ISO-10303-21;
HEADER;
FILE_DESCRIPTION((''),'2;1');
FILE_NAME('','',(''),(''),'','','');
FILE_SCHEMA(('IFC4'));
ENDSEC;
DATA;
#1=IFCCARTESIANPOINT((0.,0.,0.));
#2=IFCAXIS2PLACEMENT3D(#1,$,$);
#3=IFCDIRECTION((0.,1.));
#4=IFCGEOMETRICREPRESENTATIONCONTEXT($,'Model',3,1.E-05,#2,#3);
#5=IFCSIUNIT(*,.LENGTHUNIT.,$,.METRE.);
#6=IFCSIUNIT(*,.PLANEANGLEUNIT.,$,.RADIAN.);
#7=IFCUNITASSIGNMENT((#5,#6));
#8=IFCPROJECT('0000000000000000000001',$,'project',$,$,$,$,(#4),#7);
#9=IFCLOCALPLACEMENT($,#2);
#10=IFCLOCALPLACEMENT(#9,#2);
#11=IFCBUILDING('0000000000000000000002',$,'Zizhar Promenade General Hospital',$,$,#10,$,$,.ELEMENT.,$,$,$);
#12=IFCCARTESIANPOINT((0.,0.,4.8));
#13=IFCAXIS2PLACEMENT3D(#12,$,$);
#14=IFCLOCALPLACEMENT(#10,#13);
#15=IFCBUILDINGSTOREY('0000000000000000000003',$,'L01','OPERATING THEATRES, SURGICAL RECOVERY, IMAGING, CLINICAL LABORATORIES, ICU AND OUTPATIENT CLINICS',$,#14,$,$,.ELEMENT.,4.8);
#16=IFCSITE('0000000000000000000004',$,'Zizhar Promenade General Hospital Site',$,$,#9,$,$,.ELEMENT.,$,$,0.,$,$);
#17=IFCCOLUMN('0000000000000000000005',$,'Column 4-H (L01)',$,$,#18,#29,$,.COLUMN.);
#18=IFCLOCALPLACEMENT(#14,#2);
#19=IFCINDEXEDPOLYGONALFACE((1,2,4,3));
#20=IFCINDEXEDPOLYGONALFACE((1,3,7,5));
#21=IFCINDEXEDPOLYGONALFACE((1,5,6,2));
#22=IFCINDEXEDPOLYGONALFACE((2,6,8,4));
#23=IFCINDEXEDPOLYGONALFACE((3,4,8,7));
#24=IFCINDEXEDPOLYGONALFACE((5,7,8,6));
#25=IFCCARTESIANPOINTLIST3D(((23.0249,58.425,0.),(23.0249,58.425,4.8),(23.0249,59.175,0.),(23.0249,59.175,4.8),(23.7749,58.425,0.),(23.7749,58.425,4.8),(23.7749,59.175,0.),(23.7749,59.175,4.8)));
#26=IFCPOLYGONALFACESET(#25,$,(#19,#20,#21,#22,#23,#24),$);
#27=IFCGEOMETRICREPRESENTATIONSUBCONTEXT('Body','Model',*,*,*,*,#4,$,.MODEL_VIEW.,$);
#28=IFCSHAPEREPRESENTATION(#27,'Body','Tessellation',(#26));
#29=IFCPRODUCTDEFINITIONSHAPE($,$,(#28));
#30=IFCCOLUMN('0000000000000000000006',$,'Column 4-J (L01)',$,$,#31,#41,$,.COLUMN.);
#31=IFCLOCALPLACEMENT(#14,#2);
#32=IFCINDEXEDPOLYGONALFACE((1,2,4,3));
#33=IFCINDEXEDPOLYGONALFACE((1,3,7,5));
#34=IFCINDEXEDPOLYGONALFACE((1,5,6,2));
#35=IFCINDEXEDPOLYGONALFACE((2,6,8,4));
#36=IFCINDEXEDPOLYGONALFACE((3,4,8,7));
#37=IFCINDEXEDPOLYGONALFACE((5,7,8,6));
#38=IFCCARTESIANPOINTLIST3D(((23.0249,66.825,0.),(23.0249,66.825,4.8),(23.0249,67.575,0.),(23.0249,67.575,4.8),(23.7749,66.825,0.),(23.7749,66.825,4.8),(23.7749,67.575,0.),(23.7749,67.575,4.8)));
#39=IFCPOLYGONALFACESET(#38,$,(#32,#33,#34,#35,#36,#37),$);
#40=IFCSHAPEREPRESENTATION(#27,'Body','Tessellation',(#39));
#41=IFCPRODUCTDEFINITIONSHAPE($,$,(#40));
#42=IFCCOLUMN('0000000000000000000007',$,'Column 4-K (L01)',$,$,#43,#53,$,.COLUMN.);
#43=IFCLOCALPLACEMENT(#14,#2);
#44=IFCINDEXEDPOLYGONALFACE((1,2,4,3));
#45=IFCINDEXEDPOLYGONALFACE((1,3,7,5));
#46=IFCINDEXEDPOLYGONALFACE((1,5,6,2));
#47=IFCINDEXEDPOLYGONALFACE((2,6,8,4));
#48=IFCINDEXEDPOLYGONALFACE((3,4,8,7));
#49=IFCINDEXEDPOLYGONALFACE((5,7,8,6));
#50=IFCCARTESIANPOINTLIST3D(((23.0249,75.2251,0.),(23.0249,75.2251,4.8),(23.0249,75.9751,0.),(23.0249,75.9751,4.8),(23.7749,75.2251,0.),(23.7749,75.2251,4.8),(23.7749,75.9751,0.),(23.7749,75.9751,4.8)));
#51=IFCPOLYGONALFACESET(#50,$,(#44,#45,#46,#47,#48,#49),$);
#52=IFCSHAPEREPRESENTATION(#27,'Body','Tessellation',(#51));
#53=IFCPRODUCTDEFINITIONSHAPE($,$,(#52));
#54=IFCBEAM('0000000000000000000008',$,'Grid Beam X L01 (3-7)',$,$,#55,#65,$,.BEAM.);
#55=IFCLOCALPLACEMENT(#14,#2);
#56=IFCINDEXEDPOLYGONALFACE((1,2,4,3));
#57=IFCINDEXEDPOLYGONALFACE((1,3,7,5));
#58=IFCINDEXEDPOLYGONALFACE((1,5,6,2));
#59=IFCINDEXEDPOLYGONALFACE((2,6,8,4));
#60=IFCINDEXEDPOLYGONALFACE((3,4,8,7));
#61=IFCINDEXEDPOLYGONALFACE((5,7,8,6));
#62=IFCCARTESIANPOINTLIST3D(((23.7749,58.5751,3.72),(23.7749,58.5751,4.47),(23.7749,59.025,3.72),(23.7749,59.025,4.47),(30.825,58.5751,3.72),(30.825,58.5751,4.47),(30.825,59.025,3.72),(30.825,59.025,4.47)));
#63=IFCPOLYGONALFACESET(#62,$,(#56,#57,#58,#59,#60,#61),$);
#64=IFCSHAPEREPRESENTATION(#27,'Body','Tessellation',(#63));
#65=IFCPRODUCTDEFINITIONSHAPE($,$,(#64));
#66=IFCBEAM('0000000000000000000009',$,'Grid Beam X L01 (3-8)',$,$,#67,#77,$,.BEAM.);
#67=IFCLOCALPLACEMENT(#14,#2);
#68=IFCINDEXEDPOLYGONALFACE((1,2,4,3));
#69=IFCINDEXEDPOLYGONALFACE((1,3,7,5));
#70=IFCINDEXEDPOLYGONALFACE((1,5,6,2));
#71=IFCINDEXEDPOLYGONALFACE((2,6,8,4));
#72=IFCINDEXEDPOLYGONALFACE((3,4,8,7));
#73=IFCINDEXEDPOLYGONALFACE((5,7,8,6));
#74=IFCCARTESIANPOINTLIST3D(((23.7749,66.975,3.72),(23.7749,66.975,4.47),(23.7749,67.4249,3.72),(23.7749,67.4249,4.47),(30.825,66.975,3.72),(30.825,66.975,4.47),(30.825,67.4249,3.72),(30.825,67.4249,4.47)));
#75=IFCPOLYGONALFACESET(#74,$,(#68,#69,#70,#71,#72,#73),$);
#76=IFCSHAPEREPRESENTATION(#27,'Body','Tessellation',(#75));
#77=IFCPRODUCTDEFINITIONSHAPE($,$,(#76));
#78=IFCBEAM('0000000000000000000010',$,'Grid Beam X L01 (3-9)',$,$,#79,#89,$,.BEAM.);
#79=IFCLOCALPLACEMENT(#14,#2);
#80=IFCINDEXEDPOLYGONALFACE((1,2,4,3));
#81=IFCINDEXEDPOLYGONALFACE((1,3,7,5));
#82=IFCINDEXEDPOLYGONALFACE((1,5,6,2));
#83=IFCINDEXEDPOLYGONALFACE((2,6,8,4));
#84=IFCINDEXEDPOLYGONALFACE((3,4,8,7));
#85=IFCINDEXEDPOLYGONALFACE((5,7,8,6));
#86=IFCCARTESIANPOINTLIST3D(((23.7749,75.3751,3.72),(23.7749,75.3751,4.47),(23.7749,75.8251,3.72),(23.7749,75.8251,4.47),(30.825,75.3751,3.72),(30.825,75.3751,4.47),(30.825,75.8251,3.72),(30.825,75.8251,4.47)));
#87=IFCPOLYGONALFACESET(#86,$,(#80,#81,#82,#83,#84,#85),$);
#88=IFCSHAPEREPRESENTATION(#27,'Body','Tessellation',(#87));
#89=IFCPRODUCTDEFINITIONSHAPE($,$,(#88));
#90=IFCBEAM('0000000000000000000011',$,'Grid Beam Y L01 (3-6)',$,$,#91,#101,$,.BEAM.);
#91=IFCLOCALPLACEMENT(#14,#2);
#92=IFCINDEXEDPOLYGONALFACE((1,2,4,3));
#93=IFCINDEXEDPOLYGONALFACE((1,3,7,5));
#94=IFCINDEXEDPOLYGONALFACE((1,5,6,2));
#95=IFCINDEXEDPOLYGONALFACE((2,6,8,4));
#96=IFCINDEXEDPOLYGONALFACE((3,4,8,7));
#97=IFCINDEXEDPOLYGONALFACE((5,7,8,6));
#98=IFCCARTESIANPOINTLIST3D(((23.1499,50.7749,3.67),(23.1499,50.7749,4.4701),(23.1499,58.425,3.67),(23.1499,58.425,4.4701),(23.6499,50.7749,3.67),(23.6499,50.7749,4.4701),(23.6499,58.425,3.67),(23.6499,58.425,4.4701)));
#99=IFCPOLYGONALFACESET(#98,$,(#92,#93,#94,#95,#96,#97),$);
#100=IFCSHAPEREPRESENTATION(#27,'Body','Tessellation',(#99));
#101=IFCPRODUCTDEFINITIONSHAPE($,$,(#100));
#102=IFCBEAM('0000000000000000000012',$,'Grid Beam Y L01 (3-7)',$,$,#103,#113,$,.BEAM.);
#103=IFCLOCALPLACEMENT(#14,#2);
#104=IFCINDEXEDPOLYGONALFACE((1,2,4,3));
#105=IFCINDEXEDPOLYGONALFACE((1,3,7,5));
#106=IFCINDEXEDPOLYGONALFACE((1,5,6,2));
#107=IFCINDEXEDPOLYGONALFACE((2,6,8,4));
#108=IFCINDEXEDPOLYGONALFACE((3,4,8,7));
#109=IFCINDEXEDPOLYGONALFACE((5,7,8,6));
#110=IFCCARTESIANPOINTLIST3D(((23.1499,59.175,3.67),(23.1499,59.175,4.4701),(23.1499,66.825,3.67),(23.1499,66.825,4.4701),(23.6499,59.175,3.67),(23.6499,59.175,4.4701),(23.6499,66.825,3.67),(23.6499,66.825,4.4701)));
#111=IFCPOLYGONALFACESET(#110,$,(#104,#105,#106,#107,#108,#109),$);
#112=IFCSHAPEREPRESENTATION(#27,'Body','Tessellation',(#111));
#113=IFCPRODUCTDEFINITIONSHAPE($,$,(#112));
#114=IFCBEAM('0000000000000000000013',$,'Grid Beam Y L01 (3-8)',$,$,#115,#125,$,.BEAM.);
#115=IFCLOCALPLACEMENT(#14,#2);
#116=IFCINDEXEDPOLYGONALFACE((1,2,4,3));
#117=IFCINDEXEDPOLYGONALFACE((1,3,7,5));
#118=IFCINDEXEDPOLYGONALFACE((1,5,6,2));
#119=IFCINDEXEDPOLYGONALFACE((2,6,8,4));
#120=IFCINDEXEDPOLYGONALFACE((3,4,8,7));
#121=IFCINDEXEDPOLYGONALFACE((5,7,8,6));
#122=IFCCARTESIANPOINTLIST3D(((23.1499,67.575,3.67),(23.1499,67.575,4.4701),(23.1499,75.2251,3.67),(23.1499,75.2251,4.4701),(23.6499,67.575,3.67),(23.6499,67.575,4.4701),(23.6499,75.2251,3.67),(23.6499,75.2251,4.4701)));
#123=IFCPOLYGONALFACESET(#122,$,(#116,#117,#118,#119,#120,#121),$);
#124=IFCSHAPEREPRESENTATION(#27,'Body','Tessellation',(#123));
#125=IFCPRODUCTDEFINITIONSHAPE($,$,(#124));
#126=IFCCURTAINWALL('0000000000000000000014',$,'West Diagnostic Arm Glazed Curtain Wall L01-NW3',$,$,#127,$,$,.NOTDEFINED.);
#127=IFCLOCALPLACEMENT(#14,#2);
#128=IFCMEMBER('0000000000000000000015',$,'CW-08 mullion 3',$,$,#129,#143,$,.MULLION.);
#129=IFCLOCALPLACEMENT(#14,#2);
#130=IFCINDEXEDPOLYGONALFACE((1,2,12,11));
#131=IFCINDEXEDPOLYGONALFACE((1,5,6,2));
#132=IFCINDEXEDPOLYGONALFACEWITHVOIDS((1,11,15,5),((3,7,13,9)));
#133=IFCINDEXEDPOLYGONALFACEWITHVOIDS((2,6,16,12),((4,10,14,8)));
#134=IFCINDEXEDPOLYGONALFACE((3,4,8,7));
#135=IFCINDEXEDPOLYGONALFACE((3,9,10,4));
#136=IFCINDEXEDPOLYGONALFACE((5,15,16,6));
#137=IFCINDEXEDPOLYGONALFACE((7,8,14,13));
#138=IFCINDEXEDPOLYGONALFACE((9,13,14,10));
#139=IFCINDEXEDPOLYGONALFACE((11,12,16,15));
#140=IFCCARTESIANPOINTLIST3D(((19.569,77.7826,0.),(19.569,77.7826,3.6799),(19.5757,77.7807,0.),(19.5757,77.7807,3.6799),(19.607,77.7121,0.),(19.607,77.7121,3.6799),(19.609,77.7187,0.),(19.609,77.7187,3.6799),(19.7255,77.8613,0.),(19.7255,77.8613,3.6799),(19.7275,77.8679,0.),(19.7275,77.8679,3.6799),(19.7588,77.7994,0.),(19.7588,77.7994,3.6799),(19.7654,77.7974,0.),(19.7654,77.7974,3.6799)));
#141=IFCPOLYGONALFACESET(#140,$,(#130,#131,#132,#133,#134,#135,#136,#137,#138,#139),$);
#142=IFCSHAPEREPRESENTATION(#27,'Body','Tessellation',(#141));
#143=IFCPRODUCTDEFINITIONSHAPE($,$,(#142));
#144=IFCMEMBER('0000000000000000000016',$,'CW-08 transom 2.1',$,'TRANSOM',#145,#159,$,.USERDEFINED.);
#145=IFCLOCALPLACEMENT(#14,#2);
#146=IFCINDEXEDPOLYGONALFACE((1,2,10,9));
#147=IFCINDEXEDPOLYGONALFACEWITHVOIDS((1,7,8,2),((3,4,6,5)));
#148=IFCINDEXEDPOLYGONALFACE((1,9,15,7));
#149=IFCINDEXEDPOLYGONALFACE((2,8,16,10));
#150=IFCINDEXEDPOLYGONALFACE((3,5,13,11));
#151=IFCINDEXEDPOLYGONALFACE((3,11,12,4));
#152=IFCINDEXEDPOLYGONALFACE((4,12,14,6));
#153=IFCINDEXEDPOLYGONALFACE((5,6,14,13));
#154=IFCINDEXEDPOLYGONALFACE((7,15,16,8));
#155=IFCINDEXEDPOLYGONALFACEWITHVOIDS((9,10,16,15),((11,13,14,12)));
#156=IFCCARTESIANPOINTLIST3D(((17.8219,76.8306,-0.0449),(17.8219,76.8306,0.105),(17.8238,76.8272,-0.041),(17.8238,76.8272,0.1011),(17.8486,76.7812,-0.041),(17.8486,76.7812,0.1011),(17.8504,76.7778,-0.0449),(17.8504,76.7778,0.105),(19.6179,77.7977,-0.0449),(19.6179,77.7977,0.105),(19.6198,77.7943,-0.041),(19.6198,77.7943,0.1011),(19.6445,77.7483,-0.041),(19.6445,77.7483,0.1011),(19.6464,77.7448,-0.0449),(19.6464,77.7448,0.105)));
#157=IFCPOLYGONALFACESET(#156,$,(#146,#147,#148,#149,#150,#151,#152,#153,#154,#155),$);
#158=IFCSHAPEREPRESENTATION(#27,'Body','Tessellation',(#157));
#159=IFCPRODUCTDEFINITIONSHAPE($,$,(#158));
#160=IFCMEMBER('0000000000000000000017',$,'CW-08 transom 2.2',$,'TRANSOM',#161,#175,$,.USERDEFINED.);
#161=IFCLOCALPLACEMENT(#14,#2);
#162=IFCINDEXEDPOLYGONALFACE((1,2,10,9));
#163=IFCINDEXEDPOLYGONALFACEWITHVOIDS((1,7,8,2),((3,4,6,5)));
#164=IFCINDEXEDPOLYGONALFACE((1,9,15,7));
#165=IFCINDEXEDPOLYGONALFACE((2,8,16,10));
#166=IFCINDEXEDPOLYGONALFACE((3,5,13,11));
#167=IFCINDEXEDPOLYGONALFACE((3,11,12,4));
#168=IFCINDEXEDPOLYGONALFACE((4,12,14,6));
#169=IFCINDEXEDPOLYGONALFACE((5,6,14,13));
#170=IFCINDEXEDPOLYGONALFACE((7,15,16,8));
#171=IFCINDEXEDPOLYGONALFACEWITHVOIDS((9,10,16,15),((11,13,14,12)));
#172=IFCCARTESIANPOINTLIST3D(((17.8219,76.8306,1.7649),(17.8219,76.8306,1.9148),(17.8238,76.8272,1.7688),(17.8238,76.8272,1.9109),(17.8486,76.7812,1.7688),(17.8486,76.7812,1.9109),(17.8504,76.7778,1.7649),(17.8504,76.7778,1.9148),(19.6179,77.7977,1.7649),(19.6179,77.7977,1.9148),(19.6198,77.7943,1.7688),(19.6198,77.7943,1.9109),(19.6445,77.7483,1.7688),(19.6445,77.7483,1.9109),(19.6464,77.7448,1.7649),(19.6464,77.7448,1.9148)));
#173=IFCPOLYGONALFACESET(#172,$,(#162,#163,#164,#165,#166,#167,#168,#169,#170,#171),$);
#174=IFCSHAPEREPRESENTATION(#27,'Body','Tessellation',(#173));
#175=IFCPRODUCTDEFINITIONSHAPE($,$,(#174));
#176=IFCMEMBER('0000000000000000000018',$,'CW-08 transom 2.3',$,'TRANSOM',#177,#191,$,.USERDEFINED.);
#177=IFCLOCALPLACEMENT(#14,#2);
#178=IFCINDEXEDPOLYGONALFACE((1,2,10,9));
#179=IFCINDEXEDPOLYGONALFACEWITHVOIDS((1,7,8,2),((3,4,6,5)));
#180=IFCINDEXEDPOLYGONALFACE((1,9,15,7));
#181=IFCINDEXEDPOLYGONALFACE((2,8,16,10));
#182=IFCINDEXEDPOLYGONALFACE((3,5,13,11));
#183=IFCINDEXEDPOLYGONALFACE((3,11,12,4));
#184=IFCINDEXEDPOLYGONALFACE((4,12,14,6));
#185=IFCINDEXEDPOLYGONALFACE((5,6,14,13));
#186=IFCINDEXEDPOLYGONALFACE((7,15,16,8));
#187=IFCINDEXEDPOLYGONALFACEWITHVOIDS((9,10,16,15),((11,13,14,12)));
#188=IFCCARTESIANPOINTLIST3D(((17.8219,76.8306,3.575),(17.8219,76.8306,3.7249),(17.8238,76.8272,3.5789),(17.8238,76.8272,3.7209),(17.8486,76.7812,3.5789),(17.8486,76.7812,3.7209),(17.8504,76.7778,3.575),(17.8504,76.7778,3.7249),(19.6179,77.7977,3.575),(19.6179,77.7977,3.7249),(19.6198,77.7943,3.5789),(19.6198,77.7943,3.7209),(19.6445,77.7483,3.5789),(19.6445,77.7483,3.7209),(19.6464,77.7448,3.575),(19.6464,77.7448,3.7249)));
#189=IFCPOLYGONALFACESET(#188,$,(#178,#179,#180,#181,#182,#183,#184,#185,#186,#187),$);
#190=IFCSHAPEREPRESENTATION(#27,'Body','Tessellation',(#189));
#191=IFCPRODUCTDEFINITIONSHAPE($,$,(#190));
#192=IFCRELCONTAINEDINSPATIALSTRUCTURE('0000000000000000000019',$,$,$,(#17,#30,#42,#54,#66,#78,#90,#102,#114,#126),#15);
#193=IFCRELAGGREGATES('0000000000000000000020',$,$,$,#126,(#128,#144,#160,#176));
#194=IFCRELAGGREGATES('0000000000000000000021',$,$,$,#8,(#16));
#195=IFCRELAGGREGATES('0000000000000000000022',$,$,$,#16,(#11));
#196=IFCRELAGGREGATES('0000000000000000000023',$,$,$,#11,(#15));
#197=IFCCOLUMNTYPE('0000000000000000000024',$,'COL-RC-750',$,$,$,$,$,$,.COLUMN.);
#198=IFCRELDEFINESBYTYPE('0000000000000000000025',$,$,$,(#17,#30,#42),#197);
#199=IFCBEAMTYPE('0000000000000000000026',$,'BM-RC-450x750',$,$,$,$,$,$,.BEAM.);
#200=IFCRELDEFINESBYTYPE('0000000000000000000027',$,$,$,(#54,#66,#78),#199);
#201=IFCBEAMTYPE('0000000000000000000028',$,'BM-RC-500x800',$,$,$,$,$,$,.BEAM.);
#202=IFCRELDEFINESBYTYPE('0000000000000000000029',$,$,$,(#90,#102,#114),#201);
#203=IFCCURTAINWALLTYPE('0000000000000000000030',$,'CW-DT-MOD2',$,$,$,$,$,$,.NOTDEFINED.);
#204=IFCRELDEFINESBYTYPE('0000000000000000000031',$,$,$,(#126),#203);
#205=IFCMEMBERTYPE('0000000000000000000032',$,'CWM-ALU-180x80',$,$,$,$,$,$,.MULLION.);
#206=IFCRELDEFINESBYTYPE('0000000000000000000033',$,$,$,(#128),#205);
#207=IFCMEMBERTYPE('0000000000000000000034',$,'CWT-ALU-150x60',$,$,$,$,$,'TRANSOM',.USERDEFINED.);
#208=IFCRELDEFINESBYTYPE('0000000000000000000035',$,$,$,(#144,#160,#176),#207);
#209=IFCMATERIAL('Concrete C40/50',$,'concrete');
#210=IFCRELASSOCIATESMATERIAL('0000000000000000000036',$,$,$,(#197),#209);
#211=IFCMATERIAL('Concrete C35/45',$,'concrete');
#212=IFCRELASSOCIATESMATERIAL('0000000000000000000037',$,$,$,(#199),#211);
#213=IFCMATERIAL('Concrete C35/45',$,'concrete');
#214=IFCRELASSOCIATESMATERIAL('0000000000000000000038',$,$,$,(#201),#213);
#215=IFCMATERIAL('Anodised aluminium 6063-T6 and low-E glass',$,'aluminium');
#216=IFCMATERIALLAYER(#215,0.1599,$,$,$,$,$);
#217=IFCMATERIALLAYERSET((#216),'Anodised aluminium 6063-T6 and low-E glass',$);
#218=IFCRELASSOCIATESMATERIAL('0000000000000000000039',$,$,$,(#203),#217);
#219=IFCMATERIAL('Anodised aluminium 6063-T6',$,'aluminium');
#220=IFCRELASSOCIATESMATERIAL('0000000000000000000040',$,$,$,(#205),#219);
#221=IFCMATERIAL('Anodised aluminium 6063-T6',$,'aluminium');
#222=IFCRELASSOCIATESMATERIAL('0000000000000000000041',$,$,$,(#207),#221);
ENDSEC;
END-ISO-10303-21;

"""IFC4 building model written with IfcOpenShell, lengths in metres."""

from ifc_helpers import new_model, si_unit, direction, frame, origin, origin_2d, place, context, subcontext, project, spatial, rectangle, hollow_rectangle, extrude, material, layer, layer_set, material_profile, profile_set, type_object, element, aggregate, save


model = new_model("IFC4")

# Units and contexts
model_context = context("Model", 3, precision=1e-05, world=origin(), true_north=direction((0.0, 1.0)))
body_context = subcontext(model_context, "Body", "Model", "MODEL_VIEW")
ifc_project = project(units=[si_unit("LENGTHUNIT", "METRE"), si_unit("PLANEANGLEUNIT", "RADIAN")], contexts=[model_context])

# Site, building, storey
site_placement = place(None, origin())
site = spatial("IfcSite", under=ifc_project, at=site_placement, Name="Zizhar Promenade General Hospital Site", CompositionType="ELEMENT", RefElevation=0.0)
building_placement = place(site_placement, origin())
building = spatial("IfcBuilding", under=site, at=building_placement, Name="Zizhar Promenade General Hospital", CompositionType="ELEMENT")
storey_placement = place(building_placement, frame((0.0, 0.0, 4.8)))
storey = spatial("IfcBuildingStorey", under=building, at=storey_placement, Name="L01", Description="OPERATING THEATRES, SURGICAL RECOVERY, IMAGING, CLINICAL LABORATORIES, ICU AND OUTPATIENT CLINICS", CompositionType="ELEMENT", Elevation=4.8)

# Columns
ifc_material_1 = material(Name="Concrete C40/50", Category="concrete")
ifc_material_profile_1 = material_profile(ifc_material_1, rectangle(XDim=0.75, YDim=0.75, at=origin_2d()))
ifc_profile_set_1 = profile_set([ifc_material_profile_1], Name="Concrete C40/50")
column_type = type_object("IfcColumnType", Name="COL-RC-750", PredefinedType="COLUMN", material=ifc_profile_set_1)
for number, where, z_axis, x_axis, name in (
    (1, (23.3999, 58.8, 0.0), (0.0, 0.0, 1.0), (1.0, 0.0, 0.0), "Column 4-H (L01)"),
    (2, (23.3999, 67.2, 0.0), (0.0, 0.0, 1.0), (1.0, 0.0, 0.0), "Column 4-J (L01)"),
    (3, (23.3999, 75.6001, 0.0), (0.0, 0.0, 1.0), (1.0, 0.0, 0.0), "Column 4-K (L01)"),
):
    element("IfcColumn", number, at=place(storey_placement, frame(where, z_axis=z_axis, x_axis=x_axis)), inside=storey, type_object=column_type, Name=name, PredefinedType="COLUMN", context=body_context, shape_type="SweptSolid", body=[
        extrude(rectangle(XDim=0.75, YDim=0.75, at=origin_2d()), origin(), (0.0, 0.0, 1.0), 4.8),
    ])

# Beams
ifc_material_2 = material(Name="Concrete C35/45", Category="concrete")
ifc_material_profile_2 = material_profile(ifc_material_2, rectangle(XDim=0.45, YDim=0.75, at=origin_2d()))
ifc_profile_set_2 = profile_set([ifc_material_profile_2], Name="Concrete C35/45")
beam_type_1 = type_object("IfcBeamType", Name="BM-RC-450x750", PredefinedType="BEAM", material=ifc_profile_set_2)
for number, where, z_axis, x_axis, name in (
    (4, (23.7749, 58.8, 4.095), (1.0, 0.0, 0.0), (0.0, 1.0, 0.0), "Grid Beam X L01 (3-7)"),
    (5, (23.7749, 67.2, 4.095), (1.0, 0.0, 0.0), (0.0, 1.0, 0.0), "Grid Beam X L01 (3-8)"),
    (6, (23.7749, 75.6001, 4.095), (1.0, 0.0, 0.0), (0.0, 1.0, 0.0), "Grid Beam X L01 (3-9)"),
):
    element("IfcBeam", number, at=place(storey_placement, frame(where, z_axis=z_axis, x_axis=x_axis)), inside=storey, type_object=beam_type_1, Name=name, PredefinedType="BEAM", context=body_context, shape_type="SweptSolid", body=[
        extrude(rectangle(XDim=0.45, YDim=0.75, at=origin_2d()), origin(), (0.0, 0.0, 1.0), 7.05),
    ])
ifc_material_3 = material(Name="Concrete C35/45", Category="concrete")
ifc_material_profile_3 = material_profile(ifc_material_3, rectangle(XDim=0.5, YDim=0.8, at=origin_2d()))
ifc_profile_set_3 = profile_set([ifc_material_profile_3], Name="Concrete C35/45")
beam_type_2 = type_object("IfcBeamType", Name="BM-RC-500x800", PredefinedType="BEAM", material=ifc_profile_set_3)
beam_1_placement = place(storey_placement, frame((23.3999, 50.7749, 4.0701), z_axis=(0.0, 1.0, 0.0), x_axis=(-1.0, 0.0, 0.0)))
element("IfcBeam", 7, at=beam_1_placement, inside=storey, type_object=beam_type_2, Name="Grid Beam Y L01 (3-6)", PredefinedType="BEAM", context=body_context, shape_type="SweptSolid", body=[
    extrude(rectangle(XDim=0.5, YDim=0.8, at=origin_2d()), origin(), (0.0, 0.0, 1.0), 7.6501),
])
beam_2_placement = place(storey_placement, frame((23.3999, 59.175, 4.0701), z_axis=(0.0, 1.0, 0.0), x_axis=(-1.0, 0.0, 0.0)))
element("IfcBeam", 8, at=beam_2_placement, inside=storey, type_object=beam_type_2, Name="Grid Beam Y L01 (3-7)", PredefinedType="BEAM", context=body_context, shape_type="SweptSolid", body=[
    extrude(rectangle(XDim=0.5, YDim=0.8, at=origin_2d()), origin(), (0.0, 0.0, 1.0), 7.6499),
])
beam_3_placement = place(storey_placement, frame((23.3999, 67.575, 4.0701), z_axis=(0.0, 1.0, 0.0), x_axis=(-1.0, 0.0, 0.0)))
element("IfcBeam", 9, at=beam_3_placement, inside=storey, type_object=beam_type_2, Name="Grid Beam Y L01 (3-8)", PredefinedType="BEAM", context=body_context, shape_type="SweptSolid", body=[
    extrude(rectangle(XDim=0.5, YDim=0.8, at=origin_2d()), origin(), (0.0, 0.0, 1.0), 7.6501),
])

# Curtain wall, members
ifc_material_4 = material(Name="Anodised aluminium 6063-T6 and low-E glass", Category="aluminium")
ifc_layer_1 = layer(ifc_material_4, 0.1599)
ifc_layer_set_1 = layer_set([ifc_layer_1], Name="Anodised aluminium 6063-T6 and low-E glass")
curtain_wall_type = type_object("IfcCurtainWallType", Name="CW-DT-MOD2", PredefinedType="NOTDEFINED", material=ifc_layer_set_1)
curtain_wall_placement = place(storey_placement, origin())
curtain_wall = element("IfcCurtainWall", 10, at=curtain_wall_placement, inside=storey, type_object=curtain_wall_type, Name="West Diagnostic Arm Glazed Curtain Wall L01-NW3", PredefinedType="NOTDEFINED")
ifc_material_5 = material(Name="Anodised aluminium 6063-T6", Category="aluminium")
ifc_material_profile_4 = material_profile(ifc_material_5, hollow_rectangle(XDim=0.0801, YDim=0.1799, WallThickness=0.0049, at=origin_2d()))
ifc_profile_set_4 = profile_set([ifc_material_profile_4], Name="Anodised aluminium 6063-T6")
member_type_1 = type_object("IfcMemberType", Name="CWM-ALU-180x80", PredefinedType="MULLION", material=ifc_profile_set_4)
member_1_placement = place(storey_placement, frame((19.6672, 77.79, 0.0), z_axis=(0.0, 0.0, 1.0), x_axis=(-0.474097, 0.880473, 0.0)))
member_1 = element("IfcMember", 11, at=member_1_placement, type_object=member_type_1, Name="CW-08 mullion 3", PredefinedType="MULLION", context=body_context, shape_type="SweptSolid", body=[
    extrude(hollow_rectangle(XDim=0.0801, YDim=0.1799, WallThickness=0.0049, at=origin_2d()), origin(), (0.0, 0.0, 1.0), 3.6799),
])
ifc_material_6 = material(Name="Anodised aluminium 6063-T6", Category="aluminium")
ifc_material_profile_5 = material_profile(ifc_material_6, hollow_rectangle(XDim=0.0601, YDim=0.1499, WallThickness=0.0039, at=origin_2d()))
ifc_profile_set_5 = profile_set([ifc_material_profile_5], Name="Anodised aluminium 6063-T6")
member_type_2 = type_object("IfcMemberType", Name="CWT-ALU-150x60", ElementType="TRANSOM", PredefinedType="USERDEFINED", material=ifc_profile_set_5)
member_2_placement = place(storey_placement, frame((17.8362, 76.8042, 0.03), z_axis=(0.880467, 0.474107, 0.0), x_axis=(-0.474107, 0.880467, 0.0)))
member_2 = element("IfcMember", 12, at=member_2_placement, type_object=member_type_2, Name="CW-08 transom 2.1", ObjectType="TRANSOM", PredefinedType="USERDEFINED", context=body_context, shape_type="SweptSolid", body=[
    extrude(hollow_rectangle(XDim=0.0601, YDim=0.1499, WallThickness=0.0039, at=origin_2d()), origin(), (0.0, 0.0, 1.0), 2.0398),
])
member_3_placement = place(storey_placement, frame((17.8362, 76.8042, 1.8398), z_axis=(0.880467, 0.474107, 0.0), x_axis=(-0.474107, 0.880467, 0.0)))
member_3 = element("IfcMember", 13, at=member_3_placement, type_object=member_type_2, Name="CW-08 transom 2.2", ObjectType="TRANSOM", PredefinedType="USERDEFINED", context=body_context, shape_type="SweptSolid", body=[
    extrude(hollow_rectangle(XDim=0.0601, YDim=0.1499, WallThickness=0.0039, at=origin_2d()), origin(), (0.0, 0.0, 1.0), 2.0398),
])
member_4_placement = place(storey_placement, frame((17.8362, 76.8042, 3.6499), z_axis=(0.880467, 0.474107, 0.0), x_axis=(-0.474107, 0.880467, 0.0)))
member_4 = element("IfcMember", 14, at=member_4_placement, type_object=member_type_2, Name="CW-08 transom 2.3", ObjectType="TRANSOM", PredefinedType="USERDEFINED", context=body_context, shape_type="SweptSolid", body=[
    extrude(hollow_rectangle(XDim=0.0601, YDim=0.1499, WallThickness=0.0039, at=origin_2d()), origin(), (0.0, 0.0, 1.0), 2.0398),
])
aggregate(curtain_wall, [member_1, member_2, member_3, member_4])

save(model, "model.ifc")
